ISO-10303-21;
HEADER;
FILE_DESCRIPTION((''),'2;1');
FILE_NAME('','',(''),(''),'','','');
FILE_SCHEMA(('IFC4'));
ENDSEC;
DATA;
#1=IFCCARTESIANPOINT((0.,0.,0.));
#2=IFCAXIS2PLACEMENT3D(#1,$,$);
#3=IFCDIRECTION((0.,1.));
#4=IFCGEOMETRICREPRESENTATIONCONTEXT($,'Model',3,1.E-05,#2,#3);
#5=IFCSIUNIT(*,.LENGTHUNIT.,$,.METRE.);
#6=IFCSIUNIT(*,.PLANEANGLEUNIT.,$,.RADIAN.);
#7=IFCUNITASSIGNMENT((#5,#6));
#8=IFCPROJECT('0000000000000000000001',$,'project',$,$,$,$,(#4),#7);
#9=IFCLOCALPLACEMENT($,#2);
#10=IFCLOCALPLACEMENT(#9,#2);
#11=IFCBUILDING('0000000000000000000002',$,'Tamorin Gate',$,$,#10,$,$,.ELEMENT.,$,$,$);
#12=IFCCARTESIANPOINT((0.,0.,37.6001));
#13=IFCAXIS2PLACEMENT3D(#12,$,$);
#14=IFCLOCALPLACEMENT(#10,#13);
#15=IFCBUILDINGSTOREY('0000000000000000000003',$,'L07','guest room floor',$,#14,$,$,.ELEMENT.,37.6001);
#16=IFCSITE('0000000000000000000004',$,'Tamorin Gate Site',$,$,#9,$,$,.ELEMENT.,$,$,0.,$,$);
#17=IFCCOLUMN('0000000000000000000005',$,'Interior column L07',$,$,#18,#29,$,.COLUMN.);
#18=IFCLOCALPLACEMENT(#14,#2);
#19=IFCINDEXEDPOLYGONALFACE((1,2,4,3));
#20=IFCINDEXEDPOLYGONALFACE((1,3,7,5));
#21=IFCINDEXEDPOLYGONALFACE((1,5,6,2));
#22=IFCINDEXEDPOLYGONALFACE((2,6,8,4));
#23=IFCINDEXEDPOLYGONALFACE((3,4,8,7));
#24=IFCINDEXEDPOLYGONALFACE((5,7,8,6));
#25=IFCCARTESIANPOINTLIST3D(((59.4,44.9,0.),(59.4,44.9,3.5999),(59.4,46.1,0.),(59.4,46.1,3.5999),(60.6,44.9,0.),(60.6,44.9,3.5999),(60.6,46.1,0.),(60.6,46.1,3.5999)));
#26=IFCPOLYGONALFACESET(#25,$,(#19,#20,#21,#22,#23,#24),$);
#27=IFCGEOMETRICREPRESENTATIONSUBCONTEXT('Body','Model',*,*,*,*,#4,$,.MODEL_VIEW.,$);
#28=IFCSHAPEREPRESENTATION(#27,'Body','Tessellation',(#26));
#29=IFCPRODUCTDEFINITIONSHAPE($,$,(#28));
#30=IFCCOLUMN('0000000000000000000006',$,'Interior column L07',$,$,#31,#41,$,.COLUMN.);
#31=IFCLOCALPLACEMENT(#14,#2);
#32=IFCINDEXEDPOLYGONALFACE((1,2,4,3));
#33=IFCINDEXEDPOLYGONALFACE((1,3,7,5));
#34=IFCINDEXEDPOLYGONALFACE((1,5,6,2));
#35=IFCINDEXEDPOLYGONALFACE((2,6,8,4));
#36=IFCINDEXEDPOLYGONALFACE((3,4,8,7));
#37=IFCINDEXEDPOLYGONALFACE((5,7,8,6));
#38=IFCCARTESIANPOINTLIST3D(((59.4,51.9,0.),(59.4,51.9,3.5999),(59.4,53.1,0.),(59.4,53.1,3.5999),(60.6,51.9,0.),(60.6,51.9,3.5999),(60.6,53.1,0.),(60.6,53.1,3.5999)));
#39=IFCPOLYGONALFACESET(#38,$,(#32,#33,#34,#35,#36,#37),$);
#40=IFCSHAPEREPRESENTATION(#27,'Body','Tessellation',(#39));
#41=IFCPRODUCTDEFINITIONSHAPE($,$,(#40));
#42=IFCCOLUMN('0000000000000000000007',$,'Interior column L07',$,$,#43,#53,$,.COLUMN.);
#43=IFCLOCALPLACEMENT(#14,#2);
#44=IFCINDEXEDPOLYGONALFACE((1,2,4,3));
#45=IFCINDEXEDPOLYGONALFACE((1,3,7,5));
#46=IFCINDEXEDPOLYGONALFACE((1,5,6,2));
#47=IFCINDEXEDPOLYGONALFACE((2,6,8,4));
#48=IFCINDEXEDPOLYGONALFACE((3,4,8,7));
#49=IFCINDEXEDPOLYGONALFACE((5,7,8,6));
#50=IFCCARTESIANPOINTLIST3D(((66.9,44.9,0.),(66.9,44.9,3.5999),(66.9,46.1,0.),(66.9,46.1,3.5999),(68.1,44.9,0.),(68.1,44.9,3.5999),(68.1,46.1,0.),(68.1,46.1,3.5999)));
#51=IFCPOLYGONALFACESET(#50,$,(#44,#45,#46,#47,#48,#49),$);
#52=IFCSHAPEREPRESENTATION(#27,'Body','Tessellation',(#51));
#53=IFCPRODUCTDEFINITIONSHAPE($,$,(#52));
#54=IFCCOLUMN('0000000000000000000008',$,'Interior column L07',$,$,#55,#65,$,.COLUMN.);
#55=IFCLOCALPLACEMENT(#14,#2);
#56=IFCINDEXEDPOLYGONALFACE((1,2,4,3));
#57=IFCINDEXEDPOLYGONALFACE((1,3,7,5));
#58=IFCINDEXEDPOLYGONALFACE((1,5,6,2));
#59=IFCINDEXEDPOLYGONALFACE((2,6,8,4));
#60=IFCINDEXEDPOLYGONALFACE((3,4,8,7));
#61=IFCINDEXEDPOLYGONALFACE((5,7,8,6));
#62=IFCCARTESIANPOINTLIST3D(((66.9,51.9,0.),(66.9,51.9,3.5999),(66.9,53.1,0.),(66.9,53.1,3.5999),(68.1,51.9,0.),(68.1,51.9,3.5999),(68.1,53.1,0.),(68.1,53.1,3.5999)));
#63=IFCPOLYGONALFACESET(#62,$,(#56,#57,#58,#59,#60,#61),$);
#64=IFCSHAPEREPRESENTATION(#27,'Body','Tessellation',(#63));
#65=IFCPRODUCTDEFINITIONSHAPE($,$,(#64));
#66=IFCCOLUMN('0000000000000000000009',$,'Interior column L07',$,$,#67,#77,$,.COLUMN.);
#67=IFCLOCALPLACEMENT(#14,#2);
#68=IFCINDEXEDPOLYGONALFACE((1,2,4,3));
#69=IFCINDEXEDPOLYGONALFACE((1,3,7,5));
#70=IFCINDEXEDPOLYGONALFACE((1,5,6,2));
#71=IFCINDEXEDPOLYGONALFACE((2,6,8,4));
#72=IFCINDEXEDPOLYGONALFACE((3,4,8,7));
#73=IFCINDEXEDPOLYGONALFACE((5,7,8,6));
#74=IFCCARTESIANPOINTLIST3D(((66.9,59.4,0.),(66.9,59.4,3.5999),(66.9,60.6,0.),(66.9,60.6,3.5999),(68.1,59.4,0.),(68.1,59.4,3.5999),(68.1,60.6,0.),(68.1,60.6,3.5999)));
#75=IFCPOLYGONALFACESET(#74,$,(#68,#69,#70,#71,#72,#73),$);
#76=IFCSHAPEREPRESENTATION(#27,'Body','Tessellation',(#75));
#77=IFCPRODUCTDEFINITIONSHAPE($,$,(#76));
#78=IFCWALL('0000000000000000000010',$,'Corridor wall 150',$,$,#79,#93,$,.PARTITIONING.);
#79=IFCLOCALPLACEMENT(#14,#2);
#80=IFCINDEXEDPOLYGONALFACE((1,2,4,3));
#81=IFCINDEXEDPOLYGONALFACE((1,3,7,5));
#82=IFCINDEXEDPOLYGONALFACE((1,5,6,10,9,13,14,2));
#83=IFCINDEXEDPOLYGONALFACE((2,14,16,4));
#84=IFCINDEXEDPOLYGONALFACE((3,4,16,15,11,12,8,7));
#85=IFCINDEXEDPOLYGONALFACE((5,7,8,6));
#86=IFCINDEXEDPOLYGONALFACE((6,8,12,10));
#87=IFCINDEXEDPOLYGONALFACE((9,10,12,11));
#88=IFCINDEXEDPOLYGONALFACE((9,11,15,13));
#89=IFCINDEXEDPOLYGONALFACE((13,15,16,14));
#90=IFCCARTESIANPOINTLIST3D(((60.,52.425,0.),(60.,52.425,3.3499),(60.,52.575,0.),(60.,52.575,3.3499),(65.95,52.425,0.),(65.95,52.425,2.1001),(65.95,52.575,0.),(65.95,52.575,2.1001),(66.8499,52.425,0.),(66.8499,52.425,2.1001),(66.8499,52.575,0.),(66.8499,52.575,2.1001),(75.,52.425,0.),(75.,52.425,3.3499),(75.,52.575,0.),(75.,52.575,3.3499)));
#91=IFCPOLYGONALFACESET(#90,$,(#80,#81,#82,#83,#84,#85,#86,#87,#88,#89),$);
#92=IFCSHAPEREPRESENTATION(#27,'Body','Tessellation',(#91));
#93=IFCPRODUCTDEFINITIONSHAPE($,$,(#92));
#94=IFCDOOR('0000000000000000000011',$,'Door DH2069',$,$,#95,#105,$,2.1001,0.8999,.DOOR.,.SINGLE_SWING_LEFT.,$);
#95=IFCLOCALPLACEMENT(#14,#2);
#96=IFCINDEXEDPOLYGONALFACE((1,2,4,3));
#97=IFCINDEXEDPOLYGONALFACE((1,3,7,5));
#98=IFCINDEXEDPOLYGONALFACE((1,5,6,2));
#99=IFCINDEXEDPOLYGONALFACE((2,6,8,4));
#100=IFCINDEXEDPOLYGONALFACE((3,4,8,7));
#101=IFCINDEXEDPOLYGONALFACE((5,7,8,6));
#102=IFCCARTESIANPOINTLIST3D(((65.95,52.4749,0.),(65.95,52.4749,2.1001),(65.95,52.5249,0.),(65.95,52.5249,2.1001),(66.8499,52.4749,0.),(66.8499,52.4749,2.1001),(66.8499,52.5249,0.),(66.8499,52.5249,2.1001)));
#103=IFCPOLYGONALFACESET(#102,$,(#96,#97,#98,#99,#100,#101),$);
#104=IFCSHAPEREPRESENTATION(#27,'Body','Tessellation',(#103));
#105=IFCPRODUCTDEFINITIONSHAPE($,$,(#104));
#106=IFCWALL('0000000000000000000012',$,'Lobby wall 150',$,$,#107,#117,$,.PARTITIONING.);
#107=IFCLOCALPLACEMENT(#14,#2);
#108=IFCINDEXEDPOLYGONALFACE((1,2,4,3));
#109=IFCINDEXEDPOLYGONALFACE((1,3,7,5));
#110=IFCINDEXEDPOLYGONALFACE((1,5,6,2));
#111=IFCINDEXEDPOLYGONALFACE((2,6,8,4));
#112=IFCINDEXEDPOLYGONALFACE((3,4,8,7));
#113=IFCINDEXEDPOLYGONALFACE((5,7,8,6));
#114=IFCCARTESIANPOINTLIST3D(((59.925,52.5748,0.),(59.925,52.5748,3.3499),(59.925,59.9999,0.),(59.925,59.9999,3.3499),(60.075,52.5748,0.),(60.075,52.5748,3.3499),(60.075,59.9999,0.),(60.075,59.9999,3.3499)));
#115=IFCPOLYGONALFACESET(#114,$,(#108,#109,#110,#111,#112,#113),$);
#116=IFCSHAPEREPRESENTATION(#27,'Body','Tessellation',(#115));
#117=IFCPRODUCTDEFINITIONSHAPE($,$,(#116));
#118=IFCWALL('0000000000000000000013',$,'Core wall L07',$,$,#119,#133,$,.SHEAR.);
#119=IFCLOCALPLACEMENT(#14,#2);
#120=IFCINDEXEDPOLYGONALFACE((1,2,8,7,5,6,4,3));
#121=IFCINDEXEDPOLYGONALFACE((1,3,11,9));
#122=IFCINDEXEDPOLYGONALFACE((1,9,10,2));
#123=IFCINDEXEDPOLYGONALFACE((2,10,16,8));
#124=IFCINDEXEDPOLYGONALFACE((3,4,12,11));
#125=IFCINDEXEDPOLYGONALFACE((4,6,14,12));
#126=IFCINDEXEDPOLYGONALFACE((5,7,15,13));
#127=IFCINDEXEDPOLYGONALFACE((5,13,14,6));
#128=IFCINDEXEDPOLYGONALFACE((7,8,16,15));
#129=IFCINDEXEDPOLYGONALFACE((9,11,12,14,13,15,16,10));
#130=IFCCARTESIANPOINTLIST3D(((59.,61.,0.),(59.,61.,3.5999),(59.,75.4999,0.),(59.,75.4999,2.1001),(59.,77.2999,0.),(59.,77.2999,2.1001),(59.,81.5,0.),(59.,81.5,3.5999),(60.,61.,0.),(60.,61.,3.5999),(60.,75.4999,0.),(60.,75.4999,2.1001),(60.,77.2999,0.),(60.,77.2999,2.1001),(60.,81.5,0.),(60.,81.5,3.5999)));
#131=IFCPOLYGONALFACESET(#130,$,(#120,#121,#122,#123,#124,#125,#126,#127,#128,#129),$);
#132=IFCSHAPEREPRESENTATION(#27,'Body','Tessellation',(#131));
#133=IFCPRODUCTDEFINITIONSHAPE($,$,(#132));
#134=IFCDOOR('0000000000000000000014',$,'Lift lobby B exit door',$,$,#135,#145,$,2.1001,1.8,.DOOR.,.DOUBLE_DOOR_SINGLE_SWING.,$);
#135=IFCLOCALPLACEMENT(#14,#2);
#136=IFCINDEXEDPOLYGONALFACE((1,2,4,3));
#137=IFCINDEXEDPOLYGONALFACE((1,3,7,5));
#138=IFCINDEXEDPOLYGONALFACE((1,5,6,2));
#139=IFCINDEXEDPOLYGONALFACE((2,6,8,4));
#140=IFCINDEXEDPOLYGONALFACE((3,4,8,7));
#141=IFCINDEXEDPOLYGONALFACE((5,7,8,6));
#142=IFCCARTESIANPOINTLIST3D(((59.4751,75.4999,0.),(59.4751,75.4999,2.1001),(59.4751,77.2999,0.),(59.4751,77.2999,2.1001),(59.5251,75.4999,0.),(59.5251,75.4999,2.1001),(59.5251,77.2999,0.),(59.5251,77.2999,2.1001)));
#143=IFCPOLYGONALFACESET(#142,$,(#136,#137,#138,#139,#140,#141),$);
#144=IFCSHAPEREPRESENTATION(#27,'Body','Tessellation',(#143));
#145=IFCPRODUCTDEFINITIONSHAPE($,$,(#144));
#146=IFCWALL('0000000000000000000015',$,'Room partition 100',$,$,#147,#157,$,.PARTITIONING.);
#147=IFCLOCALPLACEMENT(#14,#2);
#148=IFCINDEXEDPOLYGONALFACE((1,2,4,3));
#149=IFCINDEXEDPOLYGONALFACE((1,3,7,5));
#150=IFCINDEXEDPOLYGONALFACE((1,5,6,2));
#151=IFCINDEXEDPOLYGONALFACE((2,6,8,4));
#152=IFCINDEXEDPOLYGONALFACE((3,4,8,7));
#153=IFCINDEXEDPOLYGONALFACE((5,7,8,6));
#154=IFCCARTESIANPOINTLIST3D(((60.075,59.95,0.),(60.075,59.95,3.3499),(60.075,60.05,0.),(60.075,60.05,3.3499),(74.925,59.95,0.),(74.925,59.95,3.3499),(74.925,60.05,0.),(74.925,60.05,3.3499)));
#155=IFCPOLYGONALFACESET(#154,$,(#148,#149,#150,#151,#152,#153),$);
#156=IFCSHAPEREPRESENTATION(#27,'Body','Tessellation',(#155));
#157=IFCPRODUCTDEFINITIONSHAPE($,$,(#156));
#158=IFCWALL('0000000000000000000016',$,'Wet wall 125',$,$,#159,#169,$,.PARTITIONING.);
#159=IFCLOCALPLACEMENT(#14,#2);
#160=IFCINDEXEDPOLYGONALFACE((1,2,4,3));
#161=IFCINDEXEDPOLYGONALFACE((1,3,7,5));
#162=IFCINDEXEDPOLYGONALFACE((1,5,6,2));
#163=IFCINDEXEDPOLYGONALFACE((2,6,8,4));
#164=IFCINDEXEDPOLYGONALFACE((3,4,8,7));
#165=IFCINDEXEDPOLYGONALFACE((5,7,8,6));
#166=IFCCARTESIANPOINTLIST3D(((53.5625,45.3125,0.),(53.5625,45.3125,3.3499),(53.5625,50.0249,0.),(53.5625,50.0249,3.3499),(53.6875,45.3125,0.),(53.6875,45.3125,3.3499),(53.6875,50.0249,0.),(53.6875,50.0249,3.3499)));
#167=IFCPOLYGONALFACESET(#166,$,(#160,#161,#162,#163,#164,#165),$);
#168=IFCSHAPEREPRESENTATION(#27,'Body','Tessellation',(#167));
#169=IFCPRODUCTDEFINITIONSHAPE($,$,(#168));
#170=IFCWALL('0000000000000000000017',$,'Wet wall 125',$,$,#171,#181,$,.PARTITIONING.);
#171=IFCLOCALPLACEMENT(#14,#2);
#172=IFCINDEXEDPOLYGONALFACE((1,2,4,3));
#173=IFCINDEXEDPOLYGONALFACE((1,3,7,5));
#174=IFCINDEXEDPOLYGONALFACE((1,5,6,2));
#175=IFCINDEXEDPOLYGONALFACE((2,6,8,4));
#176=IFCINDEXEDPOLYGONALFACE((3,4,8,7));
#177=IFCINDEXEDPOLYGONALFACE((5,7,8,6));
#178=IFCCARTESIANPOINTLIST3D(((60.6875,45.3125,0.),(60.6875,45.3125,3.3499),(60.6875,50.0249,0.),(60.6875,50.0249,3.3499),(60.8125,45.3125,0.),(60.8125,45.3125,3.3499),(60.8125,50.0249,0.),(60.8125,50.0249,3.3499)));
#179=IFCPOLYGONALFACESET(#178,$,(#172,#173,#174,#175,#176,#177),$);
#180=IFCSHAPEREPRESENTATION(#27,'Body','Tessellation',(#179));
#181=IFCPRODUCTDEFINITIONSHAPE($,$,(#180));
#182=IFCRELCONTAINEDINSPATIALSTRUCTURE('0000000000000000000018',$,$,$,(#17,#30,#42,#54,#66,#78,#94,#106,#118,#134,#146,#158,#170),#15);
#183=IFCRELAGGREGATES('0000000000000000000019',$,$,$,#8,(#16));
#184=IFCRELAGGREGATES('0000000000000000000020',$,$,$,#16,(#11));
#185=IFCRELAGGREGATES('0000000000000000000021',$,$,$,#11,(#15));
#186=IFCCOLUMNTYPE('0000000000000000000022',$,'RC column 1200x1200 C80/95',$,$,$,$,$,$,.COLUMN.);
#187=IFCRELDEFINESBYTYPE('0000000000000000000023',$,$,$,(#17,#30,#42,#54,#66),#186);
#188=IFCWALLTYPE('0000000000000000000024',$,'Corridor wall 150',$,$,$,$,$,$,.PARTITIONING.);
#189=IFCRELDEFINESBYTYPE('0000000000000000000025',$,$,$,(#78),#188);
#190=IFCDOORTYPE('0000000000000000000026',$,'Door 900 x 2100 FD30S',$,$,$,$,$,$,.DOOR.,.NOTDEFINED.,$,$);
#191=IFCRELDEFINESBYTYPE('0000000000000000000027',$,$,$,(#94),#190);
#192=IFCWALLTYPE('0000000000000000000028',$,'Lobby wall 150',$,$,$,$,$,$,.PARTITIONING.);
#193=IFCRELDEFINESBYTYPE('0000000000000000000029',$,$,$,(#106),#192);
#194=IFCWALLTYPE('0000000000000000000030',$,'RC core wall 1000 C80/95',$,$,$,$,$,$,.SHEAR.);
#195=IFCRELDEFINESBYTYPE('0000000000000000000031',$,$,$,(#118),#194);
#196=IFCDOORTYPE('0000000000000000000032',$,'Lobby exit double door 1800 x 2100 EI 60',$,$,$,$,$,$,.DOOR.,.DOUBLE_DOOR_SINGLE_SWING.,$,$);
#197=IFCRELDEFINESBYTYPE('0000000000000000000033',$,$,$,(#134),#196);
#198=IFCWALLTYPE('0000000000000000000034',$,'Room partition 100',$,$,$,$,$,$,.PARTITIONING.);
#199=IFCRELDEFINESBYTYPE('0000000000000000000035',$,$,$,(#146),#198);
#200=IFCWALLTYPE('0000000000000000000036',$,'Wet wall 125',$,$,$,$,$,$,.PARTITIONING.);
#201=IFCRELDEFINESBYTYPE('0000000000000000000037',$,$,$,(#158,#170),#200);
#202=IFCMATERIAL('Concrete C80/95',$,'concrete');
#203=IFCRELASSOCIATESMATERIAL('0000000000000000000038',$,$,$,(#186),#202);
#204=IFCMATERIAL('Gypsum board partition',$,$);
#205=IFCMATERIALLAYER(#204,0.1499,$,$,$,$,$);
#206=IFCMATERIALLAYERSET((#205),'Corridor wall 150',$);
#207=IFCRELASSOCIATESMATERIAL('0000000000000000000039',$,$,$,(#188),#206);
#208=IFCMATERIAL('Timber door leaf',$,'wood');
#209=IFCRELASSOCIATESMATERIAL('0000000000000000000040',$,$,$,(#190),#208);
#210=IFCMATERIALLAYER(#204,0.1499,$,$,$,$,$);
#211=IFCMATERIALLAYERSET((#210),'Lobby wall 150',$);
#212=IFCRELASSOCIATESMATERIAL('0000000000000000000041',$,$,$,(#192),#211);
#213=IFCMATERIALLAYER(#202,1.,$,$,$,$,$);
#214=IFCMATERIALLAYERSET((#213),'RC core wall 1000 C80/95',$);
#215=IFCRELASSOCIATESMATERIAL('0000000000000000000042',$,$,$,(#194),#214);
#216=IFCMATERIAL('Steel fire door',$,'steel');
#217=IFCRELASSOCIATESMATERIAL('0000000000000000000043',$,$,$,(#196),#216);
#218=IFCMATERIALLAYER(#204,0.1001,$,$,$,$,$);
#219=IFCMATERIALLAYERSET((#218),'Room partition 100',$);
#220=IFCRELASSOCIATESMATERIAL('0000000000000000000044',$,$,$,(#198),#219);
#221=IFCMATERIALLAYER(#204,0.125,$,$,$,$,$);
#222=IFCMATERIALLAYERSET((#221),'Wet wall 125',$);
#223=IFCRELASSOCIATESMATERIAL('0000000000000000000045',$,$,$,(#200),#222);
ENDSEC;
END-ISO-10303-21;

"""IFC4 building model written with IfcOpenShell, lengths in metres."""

from ifc_helpers import new_model, si_unit, direction, frame, frame_2d, origin, origin_2d, place, context, subcontext, project, spatial, rectangle, extrude, material, layer, layer_set, material_profile, profile_set, type_object, element, fill, save


model = new_model("IFC4")

# Units and contexts
model_context = context("Model", 3, precision=1e-05, world=origin(), true_north=direction((0.0, 1.0)))
body_context = subcontext(model_context, "Body", "Model", "MODEL_VIEW")
ifc_project = project(units=[si_unit("LENGTHUNIT", "METRE"), si_unit("PLANEANGLEUNIT", "RADIAN")], contexts=[model_context])

# Site, building, storey
site_placement = place(None, origin())
site = spatial("IfcSite", under=ifc_project, at=site_placement, Name="Tamorin Gate Site", CompositionType="ELEMENT", RefElevation=0.0)
building_placement = place(site_placement, origin())
building = spatial("IfcBuilding", under=site, at=building_placement, Name="Tamorin Gate", CompositionType="ELEMENT")
storey_placement = place(building_placement, frame((0.0, 0.0, 37.6001)))
storey = spatial("IfcBuildingStorey", under=building, at=storey_placement, Name="L07", Description="guest room floor", CompositionType="ELEMENT", Elevation=37.6001)

# Columns
ifc_material_1 = material(Name="Concrete C80/95", Category="concrete")
ifc_material_profile = material_profile(ifc_material_1, rectangle(XDim=1.2, YDim=1.2, at=origin_2d()), Name="RC 1200x1200")
ifc_profile_set = profile_set([ifc_material_profile], Name="Concrete C80/95")
column_type = type_object("IfcColumnType", Name="RC column 1200x1200 C80/95", PredefinedType="COLUMN", material=ifc_profile_set)
for number, where, z_axis, x_axis, name in (
    (1, (60.0, 45.5, 0.0), (0.0, 0.0, 1.0), (1.0, 0.0, 0.0), "Interior column L07"),
    (2, (60.0, 52.5, 0.0), (0.0, 0.0, 1.0), (1.0, 0.0, 0.0), "Interior column L07"),
    (3, (67.5, 45.5, 0.0), (0.0, 0.0, 1.0), (1.0, 0.0, 0.0), "Interior column L07"),
    (4, (67.5, 52.5, 0.0), (0.0, 0.0, 1.0), (1.0, 0.0, 0.0), "Interior column L07"),
    (5, (67.5, 60.0, 0.0), (0.0, 0.0, 1.0), (1.0, 0.0, 0.0), "Interior column L07"),
):
    element("IfcColumn", number, at=place(storey_placement, frame(where, z_axis=z_axis, x_axis=x_axis)), inside=storey, type_object=column_type, Name=name, PredefinedType="COLUMN", context=body_context, shape_type="SweptSolid", body=[
        extrude(rectangle(XDim=1.2, YDim=1.2, at=origin_2d()), origin(), (0.0, 0.0, 1.0), 3.5999),
    ])

# Wall, opening, door
ifc_material_2 = material(Name="Gypsum board partition")
ifc_layer_1 = layer(ifc_material_2, 0.1499)
ifc_layer_set_1 = layer_set([ifc_layer_1], Name="Corridor wall 150")
wall_type_1 = type_object("IfcWallType", Name="Corridor wall 150", PredefinedType="PARTITIONING", material=ifc_layer_set_1)
wall_1_placement = place(storey_placement, frame((60.0, 52.5, 0.0), z_axis=(0.0, 0.0, 1.0), x_axis=(1.0, 0.0, 0.0)))
wall_1 = element("IfcWall", 6, at=wall_1_placement, inside=storey, type_object=wall_type_1, Name="Corridor wall 150", PredefinedType="PARTITIONING", context=body_context, shape_type="SweptSolid", body=[
    extrude(rectangle(XDim=15.0, YDim=0.1499, at=frame_2d((7.5, 0.0))), origin(), (0.0, 0.0, 1.0), 3.3499),
])
opening_1_placement = place(wall_1_placement, frame((5.95, 0.0, 0.0)))
opening_1 = element("IfcOpeningElement", 7, at=opening_1_placement, cuts=wall_1, PredefinedType="OPENING", context=body_context, shape_type="SweptSolid", body=[
    extrude(rectangle(XDim=0.8999, YDim=2.1001, at=frame_2d((0.45, 1.05))), frame((0.0, 0.085, 0.0), z_axis=(0.0, -1.0, 0.0), x_axis=(1.0, 0.0, 0.0)), (0.0, 0.0, 1.0), 0.1699),
])
ifc_material_3 = material(Name="Timber door leaf", Category="wood")
door_type_1 = type_object("IfcDoorType", Name="Door 900 x 2100 FD30S", OperationType="NOTDEFINED", PredefinedType="DOOR", material=ifc_material_3)
door_1_placement = place(opening_1_placement, origin())
door_1 = element("IfcDoor", 8, at=door_1_placement, inside=storey, type_object=door_type_1, Name="Door DH2069", OperationType="SINGLE_SWING_LEFT", OverallHeight=2.1001, OverallWidth=0.8999, PredefinedType="DOOR", context=body_context, shape_type="SweptSolid", body=[
    extrude(rectangle(XDim=0.8999, YDim=2.1001, at=frame_2d((0.45, 1.05))), frame((0.0, 0.0249, 0.0), z_axis=(0.0, -1.0, 0.0), x_axis=(1.0, 0.0, 0.0)), (0.0, 0.0, 1.0), 0.05),
])
fill(opening_1, door_1)

# Wall
ifc_layer_2 = layer(ifc_material_2, 0.1499)
ifc_layer_set_2 = layer_set([ifc_layer_2], Name="Lobby wall 150")
wall_type_2 = type_object("IfcWallType", Name="Lobby wall 150", PredefinedType="PARTITIONING", material=ifc_layer_set_2)
wall_2_placement = place(storey_placement, frame((60.0, 52.575, 0.0), z_axis=(0.0, 0.0, 1.0), x_axis=(0.0, 1.0, 0.0)))
element("IfcWall", 9, at=wall_2_placement, inside=storey, type_object=wall_type_2, Name="Lobby wall 150", PredefinedType="PARTITIONING", context=body_context, shape_type="SweptSolid", body=[
    extrude(rectangle(XDim=7.425, YDim=0.1499, at=frame_2d((3.7124, 0.0))), origin(), (0.0, 0.0, 1.0), 3.3499),
])

# Wall, opening, door
ifc_layer_3 = layer(ifc_material_1, 1.0)
ifc_layer_set_3 = layer_set([ifc_layer_3], Name="RC core wall 1000 C80/95")
wall_type_3 = type_object("IfcWallType", Name="RC core wall 1000 C80/95", PredefinedType="SHEAR", material=ifc_layer_set_3)
wall_3_placement = place(storey_placement, frame((59.5, 61.0, 0.0), z_axis=(0.0, 0.0, 1.0), x_axis=(0.0, 1.0, 0.0)))
wall_3 = element("IfcWall", 10, at=wall_3_placement, inside=storey, type_object=wall_type_3, Name="Core wall L07", PredefinedType="SHEAR", context=body_context, shape_type="SweptSolid", body=[
    extrude(rectangle(XDim=20.5, YDim=1.0, at=frame_2d((10.25, 0.0))), origin(), (0.0, 0.0, 1.0), 3.5999),
])
opening_2_placement = place(wall_3_placement, frame((14.5, 0.0, 0.0)))
opening_2 = element("IfcOpeningElement", 11, at=opening_2_placement, cuts=wall_3, PredefinedType="OPENING", context=body_context, shape_type="SweptSolid", body=[
    extrude(rectangle(XDim=1.8, YDim=2.1001, at=frame_2d((0.8999, 1.05))), frame((0.0, 0.51, 0.0), z_axis=(0.0, -1.0, 0.0), x_axis=(1.0, 0.0, 0.0)), (0.0, 0.0, 1.0), 1.02),
])
ifc_material_4 = material(Name="Steel fire door", Category="steel")
door_type_2 = type_object("IfcDoorType", Name="Lobby exit double door 1800 x 2100 EI 60", OperationType="DOUBLE_DOOR_SINGLE_SWING", PredefinedType="DOOR", material=ifc_material_4)
door_2_placement = place(opening_2_placement, origin())
door_2 = element("IfcDoor", 12, at=door_2_placement, inside=storey, type_object=door_type_2, Name="Lift lobby B exit door", OperationType="DOUBLE_DOOR_SINGLE_SWING", OverallHeight=2.1001, OverallWidth=1.8, PredefinedType="DOOR", context=body_context, shape_type="SweptSolid", body=[
    extrude(rectangle(XDim=1.8, YDim=2.1001, at=frame_2d((0.8999, 1.05))), frame((0.0, 0.0249, 0.0), z_axis=(0.0, -1.0, 0.0), x_axis=(1.0, 0.0, 0.0)), (0.0, 0.0, 1.0), 0.05),
])
fill(opening_2, door_2)

# Walls
ifc_layer_4 = layer(ifc_material_2, 0.1001)
ifc_layer_set_4 = layer_set([ifc_layer_4], Name="Room partition 100")
wall_type_4 = type_object("IfcWallType", Name="Room partition 100", PredefinedType="PARTITIONING", material=ifc_layer_set_4)
wall_4_placement = place(storey_placement, frame((60.075, 60.0, 0.0), z_axis=(0.0, 0.0, 1.0), x_axis=(1.0, 0.0, 0.0)))
element("IfcWall", 13, at=wall_4_placement, inside=storey, type_object=wall_type_4, Name="Room partition 100", PredefinedType="PARTITIONING", context=body_context, shape_type="SweptSolid", body=[
    extrude(rectangle(XDim=14.8501, YDim=0.1001, at=frame_2d((7.425, 0.0))), origin(), (0.0, 0.0, 1.0), 3.3499),
])
ifc_layer_5 = layer(ifc_material_2, 0.125)
ifc_layer_set_5 = layer_set([ifc_layer_5], Name="Wet wall 125")
wall_type_5 = type_object("IfcWallType", Name="Wet wall 125", PredefinedType="PARTITIONING", material=ifc_layer_set_5)
for number, where, z_axis, x_axis, name in (
    (14, (53.625, 45.3125, 0.0), (0.0, 0.0, 1.0), (0.0, 1.0, 0.0), "Wet wall 125"),
    (15, (60.75, 45.3125, 0.0), (0.0, 0.0, 1.0), (0.0, 1.0, 0.0), "Wet wall 125"),
):
    element("IfcWall", number, at=place(storey_placement, frame(where, z_axis=z_axis, x_axis=x_axis)), inside=storey, type_object=wall_type_5, Name=name, PredefinedType="PARTITIONING", context=body_context, shape_type="SweptSolid", body=[
        extrude(rectangle(XDim=4.7124, YDim=0.125, at=frame_2d((2.3562, 0.0))), origin(), (0.0, 0.0, 1.0), 3.3499),
    ])

save(model, "model.ifc")
